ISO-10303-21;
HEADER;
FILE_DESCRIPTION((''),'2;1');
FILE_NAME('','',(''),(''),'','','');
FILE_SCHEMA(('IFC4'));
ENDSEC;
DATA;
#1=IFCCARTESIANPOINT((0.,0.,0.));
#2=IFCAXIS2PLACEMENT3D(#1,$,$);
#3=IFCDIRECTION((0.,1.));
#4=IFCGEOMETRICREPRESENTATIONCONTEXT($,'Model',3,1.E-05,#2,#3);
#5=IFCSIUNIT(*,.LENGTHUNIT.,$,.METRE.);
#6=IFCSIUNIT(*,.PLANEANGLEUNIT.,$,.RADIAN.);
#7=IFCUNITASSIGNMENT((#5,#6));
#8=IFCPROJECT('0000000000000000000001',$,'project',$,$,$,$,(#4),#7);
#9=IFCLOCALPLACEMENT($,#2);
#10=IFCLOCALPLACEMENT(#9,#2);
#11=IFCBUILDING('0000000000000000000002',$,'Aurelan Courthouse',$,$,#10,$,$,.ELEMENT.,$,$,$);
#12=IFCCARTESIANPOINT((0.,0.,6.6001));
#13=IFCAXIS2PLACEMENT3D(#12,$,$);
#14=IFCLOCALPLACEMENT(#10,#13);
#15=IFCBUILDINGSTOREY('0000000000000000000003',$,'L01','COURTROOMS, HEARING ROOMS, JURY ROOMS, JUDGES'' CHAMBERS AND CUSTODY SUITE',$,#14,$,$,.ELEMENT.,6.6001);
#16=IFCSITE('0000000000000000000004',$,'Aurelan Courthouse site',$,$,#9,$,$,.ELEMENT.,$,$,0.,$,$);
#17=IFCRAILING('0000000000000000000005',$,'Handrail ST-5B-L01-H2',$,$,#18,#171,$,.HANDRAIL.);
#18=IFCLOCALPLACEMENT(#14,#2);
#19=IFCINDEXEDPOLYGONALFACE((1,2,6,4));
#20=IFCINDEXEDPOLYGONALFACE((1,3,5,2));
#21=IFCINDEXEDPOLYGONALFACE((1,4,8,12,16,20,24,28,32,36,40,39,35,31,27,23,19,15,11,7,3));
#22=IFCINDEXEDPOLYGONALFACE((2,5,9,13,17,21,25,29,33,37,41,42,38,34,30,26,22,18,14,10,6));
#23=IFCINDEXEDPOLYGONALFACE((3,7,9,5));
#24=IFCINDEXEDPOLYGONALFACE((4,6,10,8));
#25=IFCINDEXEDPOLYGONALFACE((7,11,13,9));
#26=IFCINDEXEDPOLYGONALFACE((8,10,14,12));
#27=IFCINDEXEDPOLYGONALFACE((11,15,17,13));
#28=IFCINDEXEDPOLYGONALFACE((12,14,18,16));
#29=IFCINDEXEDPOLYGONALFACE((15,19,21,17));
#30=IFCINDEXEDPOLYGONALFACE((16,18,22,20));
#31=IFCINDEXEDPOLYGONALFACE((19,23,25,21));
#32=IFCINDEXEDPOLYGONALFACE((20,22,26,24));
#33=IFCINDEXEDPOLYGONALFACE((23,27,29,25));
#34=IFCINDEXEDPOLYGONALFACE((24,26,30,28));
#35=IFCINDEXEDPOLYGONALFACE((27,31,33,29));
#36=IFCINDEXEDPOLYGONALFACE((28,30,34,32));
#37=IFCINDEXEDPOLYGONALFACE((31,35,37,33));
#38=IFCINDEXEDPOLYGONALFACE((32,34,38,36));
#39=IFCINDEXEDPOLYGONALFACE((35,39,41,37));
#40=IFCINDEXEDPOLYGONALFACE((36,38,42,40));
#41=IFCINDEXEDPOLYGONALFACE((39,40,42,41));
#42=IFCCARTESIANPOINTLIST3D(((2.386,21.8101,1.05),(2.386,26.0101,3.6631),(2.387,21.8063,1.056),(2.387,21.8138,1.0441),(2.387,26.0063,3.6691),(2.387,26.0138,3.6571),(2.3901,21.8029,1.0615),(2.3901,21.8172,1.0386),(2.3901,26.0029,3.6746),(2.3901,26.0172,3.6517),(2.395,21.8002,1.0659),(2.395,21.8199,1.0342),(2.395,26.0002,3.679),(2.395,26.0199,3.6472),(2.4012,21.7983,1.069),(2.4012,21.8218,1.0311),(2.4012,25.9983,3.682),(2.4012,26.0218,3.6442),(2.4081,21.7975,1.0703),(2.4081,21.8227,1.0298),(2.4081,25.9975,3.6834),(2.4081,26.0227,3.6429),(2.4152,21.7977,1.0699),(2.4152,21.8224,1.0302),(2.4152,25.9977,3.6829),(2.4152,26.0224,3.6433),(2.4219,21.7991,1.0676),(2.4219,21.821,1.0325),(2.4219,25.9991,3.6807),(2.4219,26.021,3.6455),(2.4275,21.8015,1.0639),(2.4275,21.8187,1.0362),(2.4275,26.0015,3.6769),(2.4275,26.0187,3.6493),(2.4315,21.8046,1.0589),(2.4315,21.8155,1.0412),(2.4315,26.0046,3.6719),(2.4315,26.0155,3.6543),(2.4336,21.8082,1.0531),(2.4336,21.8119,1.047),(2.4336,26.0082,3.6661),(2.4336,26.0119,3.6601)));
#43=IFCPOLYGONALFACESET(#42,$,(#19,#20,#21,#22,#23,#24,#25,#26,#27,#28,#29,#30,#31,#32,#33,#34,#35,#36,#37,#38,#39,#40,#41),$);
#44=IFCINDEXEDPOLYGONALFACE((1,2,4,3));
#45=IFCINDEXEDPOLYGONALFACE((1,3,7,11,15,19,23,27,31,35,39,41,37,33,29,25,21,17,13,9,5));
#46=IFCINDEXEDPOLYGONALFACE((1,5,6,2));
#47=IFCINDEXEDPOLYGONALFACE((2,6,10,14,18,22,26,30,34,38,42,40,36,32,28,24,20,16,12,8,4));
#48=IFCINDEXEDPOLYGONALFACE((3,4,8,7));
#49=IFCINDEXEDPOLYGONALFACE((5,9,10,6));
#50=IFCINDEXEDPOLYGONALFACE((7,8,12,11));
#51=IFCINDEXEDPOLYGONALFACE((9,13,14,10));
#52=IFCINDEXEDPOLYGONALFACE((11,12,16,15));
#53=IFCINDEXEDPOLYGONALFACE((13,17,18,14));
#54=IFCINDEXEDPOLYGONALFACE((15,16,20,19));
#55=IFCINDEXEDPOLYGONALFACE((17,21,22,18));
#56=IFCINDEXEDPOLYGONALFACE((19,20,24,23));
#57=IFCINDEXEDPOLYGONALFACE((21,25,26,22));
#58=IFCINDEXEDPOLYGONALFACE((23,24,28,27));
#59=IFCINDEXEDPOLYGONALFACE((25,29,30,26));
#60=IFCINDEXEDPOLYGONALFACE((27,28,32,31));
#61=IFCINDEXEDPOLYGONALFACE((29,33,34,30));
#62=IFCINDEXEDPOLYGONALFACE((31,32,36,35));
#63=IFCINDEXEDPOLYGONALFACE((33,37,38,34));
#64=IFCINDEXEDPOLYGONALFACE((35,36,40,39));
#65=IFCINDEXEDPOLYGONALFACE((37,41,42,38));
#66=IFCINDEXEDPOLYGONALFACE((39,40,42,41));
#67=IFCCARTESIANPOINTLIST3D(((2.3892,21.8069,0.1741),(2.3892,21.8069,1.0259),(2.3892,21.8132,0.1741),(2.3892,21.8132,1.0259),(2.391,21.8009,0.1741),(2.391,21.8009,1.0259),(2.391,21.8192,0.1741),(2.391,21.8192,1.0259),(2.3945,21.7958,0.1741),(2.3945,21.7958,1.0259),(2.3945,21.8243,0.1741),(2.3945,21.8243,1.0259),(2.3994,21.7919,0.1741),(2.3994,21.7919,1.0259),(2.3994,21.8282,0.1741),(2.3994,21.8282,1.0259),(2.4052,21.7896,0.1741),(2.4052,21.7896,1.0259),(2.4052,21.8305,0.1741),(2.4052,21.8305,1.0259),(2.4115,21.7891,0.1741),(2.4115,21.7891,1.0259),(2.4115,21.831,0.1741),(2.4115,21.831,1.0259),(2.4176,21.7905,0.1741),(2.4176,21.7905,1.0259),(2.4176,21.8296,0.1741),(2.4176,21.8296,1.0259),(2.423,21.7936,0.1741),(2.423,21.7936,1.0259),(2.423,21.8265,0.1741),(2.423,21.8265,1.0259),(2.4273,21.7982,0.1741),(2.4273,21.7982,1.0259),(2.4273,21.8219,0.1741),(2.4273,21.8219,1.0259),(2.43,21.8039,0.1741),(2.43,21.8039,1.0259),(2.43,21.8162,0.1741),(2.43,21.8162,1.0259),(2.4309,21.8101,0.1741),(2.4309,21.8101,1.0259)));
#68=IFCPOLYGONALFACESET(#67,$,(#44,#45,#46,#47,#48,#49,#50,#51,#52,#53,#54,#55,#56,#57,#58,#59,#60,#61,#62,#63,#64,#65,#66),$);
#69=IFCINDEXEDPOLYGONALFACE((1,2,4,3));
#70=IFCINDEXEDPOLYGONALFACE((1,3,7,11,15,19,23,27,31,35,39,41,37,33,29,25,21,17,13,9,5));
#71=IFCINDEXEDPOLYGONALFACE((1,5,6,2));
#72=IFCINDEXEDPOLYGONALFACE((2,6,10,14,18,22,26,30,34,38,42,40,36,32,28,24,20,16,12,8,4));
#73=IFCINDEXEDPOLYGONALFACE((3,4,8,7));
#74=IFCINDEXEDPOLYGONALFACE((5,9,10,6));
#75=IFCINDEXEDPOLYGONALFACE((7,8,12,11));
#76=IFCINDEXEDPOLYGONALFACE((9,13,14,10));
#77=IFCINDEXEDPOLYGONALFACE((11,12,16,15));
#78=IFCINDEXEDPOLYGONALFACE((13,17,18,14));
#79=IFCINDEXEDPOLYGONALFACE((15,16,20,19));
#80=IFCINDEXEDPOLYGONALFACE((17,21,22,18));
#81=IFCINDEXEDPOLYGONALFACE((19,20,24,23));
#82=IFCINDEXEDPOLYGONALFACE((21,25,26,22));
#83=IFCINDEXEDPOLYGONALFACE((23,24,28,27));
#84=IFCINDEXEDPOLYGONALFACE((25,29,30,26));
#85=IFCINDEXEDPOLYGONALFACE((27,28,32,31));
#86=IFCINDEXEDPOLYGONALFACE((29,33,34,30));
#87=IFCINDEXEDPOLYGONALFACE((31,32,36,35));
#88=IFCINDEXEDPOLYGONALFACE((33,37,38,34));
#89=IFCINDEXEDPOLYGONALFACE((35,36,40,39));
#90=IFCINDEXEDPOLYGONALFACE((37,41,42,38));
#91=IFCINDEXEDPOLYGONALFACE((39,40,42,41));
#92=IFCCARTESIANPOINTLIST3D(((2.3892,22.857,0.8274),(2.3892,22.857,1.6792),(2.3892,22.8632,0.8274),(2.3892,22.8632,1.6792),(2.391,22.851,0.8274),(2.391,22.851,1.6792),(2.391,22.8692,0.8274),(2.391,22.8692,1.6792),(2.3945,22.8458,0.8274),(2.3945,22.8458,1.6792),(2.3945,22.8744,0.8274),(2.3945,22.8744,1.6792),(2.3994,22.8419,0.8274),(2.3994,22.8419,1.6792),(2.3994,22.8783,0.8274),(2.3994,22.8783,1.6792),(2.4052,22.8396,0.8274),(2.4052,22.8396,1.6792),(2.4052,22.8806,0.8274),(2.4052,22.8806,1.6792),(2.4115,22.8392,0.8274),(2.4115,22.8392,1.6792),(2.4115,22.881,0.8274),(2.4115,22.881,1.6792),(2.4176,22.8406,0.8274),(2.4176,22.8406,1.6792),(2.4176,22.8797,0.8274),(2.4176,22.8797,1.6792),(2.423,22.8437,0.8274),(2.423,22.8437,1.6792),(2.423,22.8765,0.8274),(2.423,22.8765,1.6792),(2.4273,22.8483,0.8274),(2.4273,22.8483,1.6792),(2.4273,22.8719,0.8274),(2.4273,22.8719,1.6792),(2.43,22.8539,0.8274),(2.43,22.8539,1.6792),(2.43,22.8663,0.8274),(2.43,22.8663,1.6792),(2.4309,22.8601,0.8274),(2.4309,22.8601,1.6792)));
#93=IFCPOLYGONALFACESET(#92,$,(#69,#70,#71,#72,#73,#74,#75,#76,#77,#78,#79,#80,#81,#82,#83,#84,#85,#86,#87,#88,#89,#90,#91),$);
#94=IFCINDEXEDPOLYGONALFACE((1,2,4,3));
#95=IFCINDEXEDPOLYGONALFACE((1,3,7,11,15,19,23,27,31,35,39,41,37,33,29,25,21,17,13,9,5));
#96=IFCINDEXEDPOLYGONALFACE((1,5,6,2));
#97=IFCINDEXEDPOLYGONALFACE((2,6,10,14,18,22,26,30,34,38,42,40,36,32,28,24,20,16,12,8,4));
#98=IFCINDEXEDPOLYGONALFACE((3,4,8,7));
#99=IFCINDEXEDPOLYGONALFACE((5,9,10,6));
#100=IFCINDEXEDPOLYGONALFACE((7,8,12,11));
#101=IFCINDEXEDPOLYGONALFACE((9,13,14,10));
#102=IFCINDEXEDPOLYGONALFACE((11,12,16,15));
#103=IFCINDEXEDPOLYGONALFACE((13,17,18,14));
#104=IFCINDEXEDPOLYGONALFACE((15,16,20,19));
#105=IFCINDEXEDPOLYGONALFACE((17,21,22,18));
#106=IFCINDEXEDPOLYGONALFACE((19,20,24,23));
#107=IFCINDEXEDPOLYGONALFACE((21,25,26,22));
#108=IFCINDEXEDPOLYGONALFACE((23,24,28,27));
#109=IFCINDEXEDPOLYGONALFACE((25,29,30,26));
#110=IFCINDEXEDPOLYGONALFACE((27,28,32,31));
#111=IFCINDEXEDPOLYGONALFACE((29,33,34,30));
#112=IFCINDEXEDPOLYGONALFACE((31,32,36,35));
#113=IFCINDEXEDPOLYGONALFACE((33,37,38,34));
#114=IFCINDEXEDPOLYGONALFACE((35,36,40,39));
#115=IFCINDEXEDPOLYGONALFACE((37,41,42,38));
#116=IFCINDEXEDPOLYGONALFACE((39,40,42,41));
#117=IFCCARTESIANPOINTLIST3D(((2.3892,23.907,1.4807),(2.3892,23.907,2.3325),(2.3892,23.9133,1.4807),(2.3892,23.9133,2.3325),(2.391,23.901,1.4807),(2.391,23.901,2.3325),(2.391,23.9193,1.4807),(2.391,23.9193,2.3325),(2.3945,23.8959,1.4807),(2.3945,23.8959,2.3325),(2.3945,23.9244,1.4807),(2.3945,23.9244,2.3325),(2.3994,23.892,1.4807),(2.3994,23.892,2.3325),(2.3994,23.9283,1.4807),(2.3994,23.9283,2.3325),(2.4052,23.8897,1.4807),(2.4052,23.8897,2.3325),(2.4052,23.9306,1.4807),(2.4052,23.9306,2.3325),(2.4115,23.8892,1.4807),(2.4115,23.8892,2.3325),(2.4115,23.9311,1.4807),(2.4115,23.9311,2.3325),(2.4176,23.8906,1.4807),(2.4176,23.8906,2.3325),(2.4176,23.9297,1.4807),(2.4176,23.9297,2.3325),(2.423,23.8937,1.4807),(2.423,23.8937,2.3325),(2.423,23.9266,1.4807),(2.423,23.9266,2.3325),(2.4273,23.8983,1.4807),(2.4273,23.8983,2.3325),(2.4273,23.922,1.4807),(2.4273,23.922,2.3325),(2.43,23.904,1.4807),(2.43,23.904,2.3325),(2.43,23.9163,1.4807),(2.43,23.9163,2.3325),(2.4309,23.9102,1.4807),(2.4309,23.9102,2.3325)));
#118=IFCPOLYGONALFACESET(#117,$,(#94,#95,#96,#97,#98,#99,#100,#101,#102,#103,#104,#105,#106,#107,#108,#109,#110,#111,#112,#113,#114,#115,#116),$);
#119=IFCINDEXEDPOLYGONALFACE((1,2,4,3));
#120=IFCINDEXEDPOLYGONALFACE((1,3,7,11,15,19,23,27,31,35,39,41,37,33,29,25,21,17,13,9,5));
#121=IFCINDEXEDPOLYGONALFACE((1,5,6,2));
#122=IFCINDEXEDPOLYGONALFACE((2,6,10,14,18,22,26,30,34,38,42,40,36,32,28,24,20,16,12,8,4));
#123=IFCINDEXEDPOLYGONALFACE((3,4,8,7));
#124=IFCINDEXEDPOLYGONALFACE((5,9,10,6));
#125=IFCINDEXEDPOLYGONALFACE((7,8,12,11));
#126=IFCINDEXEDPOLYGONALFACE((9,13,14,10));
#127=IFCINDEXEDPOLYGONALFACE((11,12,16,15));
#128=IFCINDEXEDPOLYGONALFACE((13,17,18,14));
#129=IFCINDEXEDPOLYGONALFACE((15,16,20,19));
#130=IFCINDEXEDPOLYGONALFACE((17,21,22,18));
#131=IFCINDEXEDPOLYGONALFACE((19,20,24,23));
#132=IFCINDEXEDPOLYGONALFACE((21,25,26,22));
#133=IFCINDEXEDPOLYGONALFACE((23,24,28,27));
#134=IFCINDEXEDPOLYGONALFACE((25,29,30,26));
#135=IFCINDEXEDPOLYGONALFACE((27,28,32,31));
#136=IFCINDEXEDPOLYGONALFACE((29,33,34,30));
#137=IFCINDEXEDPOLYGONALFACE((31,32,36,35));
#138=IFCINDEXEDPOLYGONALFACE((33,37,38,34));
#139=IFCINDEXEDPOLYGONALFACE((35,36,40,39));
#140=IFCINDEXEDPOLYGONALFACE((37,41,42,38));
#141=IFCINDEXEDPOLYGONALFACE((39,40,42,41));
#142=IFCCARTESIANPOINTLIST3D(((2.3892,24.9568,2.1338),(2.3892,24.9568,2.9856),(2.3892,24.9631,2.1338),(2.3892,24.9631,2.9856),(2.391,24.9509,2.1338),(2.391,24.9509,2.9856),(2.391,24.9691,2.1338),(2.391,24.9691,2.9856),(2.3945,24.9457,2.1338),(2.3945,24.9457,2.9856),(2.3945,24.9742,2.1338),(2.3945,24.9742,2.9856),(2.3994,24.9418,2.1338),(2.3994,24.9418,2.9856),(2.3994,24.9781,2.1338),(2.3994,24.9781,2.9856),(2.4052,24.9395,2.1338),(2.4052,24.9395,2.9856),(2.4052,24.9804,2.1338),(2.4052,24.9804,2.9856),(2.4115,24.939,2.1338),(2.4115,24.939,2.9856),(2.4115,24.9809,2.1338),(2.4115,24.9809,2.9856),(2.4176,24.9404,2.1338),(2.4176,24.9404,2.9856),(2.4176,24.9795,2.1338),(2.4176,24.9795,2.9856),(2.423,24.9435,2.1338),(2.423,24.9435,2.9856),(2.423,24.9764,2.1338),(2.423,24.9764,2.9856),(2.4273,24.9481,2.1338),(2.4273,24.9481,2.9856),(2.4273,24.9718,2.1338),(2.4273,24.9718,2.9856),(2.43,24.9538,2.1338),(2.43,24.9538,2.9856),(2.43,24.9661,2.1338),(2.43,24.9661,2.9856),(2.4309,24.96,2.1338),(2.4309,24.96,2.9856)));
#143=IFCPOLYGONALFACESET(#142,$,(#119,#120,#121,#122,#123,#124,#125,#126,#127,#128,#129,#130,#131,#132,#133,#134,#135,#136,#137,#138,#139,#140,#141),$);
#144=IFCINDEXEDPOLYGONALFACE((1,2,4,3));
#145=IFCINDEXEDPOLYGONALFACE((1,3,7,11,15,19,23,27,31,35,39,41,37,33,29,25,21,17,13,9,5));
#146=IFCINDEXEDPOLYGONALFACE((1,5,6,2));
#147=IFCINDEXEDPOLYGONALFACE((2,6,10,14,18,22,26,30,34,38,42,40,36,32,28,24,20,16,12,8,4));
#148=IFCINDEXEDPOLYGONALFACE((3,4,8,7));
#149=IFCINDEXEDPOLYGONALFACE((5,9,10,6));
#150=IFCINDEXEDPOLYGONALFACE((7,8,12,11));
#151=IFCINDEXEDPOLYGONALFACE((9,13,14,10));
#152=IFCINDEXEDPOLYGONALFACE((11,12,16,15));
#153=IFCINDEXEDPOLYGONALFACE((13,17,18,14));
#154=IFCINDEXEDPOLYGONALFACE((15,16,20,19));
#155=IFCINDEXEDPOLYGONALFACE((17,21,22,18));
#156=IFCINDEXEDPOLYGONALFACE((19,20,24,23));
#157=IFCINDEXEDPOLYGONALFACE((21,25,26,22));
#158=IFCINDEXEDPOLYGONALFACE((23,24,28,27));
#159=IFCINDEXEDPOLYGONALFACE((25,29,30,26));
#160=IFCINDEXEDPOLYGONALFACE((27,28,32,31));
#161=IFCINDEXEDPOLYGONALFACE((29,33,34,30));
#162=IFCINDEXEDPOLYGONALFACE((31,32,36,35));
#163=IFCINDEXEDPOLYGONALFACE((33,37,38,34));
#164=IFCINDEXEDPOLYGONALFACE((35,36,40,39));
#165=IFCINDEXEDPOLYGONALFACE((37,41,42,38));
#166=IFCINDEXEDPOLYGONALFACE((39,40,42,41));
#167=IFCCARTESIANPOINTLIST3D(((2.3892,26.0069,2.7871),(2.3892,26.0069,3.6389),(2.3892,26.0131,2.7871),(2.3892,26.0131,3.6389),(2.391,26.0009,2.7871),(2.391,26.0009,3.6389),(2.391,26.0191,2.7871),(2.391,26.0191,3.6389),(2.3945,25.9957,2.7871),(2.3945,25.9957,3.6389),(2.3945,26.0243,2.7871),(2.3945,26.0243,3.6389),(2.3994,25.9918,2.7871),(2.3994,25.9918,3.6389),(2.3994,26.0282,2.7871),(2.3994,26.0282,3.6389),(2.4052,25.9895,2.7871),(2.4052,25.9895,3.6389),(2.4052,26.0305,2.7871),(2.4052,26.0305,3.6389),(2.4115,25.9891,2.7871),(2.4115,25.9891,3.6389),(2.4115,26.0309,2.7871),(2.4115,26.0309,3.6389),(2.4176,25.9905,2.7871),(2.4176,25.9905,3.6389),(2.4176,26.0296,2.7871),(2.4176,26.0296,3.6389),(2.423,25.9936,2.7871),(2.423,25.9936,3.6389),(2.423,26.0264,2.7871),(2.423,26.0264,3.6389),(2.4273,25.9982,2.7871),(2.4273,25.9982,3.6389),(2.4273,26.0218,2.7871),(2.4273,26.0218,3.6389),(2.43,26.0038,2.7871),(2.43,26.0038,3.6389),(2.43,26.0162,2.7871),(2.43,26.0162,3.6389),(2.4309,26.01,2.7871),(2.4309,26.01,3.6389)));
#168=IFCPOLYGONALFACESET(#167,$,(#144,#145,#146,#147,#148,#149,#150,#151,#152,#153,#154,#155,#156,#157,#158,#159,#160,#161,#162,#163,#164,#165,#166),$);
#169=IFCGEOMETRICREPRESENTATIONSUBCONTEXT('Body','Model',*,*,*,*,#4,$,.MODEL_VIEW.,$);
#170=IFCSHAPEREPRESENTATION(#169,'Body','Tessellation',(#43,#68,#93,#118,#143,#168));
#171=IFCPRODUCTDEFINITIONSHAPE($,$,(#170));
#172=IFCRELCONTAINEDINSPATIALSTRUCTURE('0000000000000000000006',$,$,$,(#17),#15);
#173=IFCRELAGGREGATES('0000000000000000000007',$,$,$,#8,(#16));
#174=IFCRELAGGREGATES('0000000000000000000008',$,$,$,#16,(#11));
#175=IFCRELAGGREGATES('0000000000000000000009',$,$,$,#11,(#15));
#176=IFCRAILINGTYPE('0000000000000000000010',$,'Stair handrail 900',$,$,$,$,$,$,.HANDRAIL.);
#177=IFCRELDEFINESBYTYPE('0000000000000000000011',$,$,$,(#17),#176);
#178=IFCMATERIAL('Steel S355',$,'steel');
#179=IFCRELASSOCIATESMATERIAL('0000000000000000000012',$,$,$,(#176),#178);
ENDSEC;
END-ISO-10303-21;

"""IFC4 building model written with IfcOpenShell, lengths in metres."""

from ifc_helpers import new_model, si_unit, direction, frame, origin, origin_2d, place, context, subcontext, project, spatial, circle, extrude, material, type_object, element, save


model = new_model("IFC4")

# Units and contexts
model_context = context("Model", 3, precision=1e-05, world=origin(), true_north=direction((0.0, 1.0)))
body_context = subcontext(model_context, "Body", "Model", "MODEL_VIEW")
ifc_project = project(units=[si_unit("LENGTHUNIT", "METRE"), si_unit("PLANEANGLEUNIT", "RADIAN")], contexts=[model_context])

# Site, building, storey
site_placement = place(None, origin())
site = spatial("IfcSite", under=ifc_project, at=site_placement, Name="Aurelan Courthouse site", CompositionType="ELEMENT", RefElevation=0.0)
building_placement = place(site_placement, origin())
building = spatial("IfcBuilding", under=site, at=building_placement, Name="Aurelan Courthouse", CompositionType="ELEMENT")
storey_placement = place(building_placement, frame((0.0, 0.0, 6.6001)))
storey = spatial("IfcBuildingStorey", under=building, at=storey_placement, Name="L01", Description="COURTROOMS, HEARING ROOMS, JURY ROOMS, JUDGES' CHAMBERS AND CUSTODY SUITE", CompositionType="ELEMENT", Elevation=6.6001)

# Railing
ifc_material_1 = material(Name="Steel S355", Category="steel")
railing_type_1 = type_object("IfcRailingType", Name="Stair handrail 900", PredefinedType="HANDRAIL", material=ifc_material_1)
for number, where, name in (
    (1, (2.4099, 21.8101, 0.1741), "Handrail ST-5B-L01-H2"),
):
    element("IfcRailing", number, at=place(storey_placement, frame(where)), inside=storey, type_object=railing_type_1, Name=name, PredefinedType="HANDRAIL", context=body_context, shape_type="SweptSolid", body=[
        extrude(circle(Radius=0.0239, at=origin_2d()), frame((0.0, 0.0, 0.876), z_axis=(0.0, 0.849081, 0.528263), x_axis=(-1.0, 0.0, 0.0)), (0.0, 0.0, 1.0), 4.9465),
        extrude(circle(Radius=0.021, at=origin_2d()), origin(), (0.0, 0.0, 1.0), 0.8518),
        extrude(circle(Radius=0.021, at=origin_2d()), frame((0.0, 1.05, 0.6533)), (0.0, 0.0, 1.0), 0.8518),
        extrude(circle(Radius=0.021, at=origin_2d()), frame((0.0, 2.1001, 1.3066)), (0.0, 0.0, 1.0), 0.8518),
        extrude(circle(Radius=0.021, at=origin_2d()), frame((0.0, 3.1499, 1.9597)), (0.0, 0.0, 1.0), 0.8518),
        extrude(circle(Radius=0.021, at=origin_2d()), frame((0.0, 4.2, 2.613)), (0.0, 0.0, 1.0), 0.8518),
    ])

save(model, "model.ifc")
